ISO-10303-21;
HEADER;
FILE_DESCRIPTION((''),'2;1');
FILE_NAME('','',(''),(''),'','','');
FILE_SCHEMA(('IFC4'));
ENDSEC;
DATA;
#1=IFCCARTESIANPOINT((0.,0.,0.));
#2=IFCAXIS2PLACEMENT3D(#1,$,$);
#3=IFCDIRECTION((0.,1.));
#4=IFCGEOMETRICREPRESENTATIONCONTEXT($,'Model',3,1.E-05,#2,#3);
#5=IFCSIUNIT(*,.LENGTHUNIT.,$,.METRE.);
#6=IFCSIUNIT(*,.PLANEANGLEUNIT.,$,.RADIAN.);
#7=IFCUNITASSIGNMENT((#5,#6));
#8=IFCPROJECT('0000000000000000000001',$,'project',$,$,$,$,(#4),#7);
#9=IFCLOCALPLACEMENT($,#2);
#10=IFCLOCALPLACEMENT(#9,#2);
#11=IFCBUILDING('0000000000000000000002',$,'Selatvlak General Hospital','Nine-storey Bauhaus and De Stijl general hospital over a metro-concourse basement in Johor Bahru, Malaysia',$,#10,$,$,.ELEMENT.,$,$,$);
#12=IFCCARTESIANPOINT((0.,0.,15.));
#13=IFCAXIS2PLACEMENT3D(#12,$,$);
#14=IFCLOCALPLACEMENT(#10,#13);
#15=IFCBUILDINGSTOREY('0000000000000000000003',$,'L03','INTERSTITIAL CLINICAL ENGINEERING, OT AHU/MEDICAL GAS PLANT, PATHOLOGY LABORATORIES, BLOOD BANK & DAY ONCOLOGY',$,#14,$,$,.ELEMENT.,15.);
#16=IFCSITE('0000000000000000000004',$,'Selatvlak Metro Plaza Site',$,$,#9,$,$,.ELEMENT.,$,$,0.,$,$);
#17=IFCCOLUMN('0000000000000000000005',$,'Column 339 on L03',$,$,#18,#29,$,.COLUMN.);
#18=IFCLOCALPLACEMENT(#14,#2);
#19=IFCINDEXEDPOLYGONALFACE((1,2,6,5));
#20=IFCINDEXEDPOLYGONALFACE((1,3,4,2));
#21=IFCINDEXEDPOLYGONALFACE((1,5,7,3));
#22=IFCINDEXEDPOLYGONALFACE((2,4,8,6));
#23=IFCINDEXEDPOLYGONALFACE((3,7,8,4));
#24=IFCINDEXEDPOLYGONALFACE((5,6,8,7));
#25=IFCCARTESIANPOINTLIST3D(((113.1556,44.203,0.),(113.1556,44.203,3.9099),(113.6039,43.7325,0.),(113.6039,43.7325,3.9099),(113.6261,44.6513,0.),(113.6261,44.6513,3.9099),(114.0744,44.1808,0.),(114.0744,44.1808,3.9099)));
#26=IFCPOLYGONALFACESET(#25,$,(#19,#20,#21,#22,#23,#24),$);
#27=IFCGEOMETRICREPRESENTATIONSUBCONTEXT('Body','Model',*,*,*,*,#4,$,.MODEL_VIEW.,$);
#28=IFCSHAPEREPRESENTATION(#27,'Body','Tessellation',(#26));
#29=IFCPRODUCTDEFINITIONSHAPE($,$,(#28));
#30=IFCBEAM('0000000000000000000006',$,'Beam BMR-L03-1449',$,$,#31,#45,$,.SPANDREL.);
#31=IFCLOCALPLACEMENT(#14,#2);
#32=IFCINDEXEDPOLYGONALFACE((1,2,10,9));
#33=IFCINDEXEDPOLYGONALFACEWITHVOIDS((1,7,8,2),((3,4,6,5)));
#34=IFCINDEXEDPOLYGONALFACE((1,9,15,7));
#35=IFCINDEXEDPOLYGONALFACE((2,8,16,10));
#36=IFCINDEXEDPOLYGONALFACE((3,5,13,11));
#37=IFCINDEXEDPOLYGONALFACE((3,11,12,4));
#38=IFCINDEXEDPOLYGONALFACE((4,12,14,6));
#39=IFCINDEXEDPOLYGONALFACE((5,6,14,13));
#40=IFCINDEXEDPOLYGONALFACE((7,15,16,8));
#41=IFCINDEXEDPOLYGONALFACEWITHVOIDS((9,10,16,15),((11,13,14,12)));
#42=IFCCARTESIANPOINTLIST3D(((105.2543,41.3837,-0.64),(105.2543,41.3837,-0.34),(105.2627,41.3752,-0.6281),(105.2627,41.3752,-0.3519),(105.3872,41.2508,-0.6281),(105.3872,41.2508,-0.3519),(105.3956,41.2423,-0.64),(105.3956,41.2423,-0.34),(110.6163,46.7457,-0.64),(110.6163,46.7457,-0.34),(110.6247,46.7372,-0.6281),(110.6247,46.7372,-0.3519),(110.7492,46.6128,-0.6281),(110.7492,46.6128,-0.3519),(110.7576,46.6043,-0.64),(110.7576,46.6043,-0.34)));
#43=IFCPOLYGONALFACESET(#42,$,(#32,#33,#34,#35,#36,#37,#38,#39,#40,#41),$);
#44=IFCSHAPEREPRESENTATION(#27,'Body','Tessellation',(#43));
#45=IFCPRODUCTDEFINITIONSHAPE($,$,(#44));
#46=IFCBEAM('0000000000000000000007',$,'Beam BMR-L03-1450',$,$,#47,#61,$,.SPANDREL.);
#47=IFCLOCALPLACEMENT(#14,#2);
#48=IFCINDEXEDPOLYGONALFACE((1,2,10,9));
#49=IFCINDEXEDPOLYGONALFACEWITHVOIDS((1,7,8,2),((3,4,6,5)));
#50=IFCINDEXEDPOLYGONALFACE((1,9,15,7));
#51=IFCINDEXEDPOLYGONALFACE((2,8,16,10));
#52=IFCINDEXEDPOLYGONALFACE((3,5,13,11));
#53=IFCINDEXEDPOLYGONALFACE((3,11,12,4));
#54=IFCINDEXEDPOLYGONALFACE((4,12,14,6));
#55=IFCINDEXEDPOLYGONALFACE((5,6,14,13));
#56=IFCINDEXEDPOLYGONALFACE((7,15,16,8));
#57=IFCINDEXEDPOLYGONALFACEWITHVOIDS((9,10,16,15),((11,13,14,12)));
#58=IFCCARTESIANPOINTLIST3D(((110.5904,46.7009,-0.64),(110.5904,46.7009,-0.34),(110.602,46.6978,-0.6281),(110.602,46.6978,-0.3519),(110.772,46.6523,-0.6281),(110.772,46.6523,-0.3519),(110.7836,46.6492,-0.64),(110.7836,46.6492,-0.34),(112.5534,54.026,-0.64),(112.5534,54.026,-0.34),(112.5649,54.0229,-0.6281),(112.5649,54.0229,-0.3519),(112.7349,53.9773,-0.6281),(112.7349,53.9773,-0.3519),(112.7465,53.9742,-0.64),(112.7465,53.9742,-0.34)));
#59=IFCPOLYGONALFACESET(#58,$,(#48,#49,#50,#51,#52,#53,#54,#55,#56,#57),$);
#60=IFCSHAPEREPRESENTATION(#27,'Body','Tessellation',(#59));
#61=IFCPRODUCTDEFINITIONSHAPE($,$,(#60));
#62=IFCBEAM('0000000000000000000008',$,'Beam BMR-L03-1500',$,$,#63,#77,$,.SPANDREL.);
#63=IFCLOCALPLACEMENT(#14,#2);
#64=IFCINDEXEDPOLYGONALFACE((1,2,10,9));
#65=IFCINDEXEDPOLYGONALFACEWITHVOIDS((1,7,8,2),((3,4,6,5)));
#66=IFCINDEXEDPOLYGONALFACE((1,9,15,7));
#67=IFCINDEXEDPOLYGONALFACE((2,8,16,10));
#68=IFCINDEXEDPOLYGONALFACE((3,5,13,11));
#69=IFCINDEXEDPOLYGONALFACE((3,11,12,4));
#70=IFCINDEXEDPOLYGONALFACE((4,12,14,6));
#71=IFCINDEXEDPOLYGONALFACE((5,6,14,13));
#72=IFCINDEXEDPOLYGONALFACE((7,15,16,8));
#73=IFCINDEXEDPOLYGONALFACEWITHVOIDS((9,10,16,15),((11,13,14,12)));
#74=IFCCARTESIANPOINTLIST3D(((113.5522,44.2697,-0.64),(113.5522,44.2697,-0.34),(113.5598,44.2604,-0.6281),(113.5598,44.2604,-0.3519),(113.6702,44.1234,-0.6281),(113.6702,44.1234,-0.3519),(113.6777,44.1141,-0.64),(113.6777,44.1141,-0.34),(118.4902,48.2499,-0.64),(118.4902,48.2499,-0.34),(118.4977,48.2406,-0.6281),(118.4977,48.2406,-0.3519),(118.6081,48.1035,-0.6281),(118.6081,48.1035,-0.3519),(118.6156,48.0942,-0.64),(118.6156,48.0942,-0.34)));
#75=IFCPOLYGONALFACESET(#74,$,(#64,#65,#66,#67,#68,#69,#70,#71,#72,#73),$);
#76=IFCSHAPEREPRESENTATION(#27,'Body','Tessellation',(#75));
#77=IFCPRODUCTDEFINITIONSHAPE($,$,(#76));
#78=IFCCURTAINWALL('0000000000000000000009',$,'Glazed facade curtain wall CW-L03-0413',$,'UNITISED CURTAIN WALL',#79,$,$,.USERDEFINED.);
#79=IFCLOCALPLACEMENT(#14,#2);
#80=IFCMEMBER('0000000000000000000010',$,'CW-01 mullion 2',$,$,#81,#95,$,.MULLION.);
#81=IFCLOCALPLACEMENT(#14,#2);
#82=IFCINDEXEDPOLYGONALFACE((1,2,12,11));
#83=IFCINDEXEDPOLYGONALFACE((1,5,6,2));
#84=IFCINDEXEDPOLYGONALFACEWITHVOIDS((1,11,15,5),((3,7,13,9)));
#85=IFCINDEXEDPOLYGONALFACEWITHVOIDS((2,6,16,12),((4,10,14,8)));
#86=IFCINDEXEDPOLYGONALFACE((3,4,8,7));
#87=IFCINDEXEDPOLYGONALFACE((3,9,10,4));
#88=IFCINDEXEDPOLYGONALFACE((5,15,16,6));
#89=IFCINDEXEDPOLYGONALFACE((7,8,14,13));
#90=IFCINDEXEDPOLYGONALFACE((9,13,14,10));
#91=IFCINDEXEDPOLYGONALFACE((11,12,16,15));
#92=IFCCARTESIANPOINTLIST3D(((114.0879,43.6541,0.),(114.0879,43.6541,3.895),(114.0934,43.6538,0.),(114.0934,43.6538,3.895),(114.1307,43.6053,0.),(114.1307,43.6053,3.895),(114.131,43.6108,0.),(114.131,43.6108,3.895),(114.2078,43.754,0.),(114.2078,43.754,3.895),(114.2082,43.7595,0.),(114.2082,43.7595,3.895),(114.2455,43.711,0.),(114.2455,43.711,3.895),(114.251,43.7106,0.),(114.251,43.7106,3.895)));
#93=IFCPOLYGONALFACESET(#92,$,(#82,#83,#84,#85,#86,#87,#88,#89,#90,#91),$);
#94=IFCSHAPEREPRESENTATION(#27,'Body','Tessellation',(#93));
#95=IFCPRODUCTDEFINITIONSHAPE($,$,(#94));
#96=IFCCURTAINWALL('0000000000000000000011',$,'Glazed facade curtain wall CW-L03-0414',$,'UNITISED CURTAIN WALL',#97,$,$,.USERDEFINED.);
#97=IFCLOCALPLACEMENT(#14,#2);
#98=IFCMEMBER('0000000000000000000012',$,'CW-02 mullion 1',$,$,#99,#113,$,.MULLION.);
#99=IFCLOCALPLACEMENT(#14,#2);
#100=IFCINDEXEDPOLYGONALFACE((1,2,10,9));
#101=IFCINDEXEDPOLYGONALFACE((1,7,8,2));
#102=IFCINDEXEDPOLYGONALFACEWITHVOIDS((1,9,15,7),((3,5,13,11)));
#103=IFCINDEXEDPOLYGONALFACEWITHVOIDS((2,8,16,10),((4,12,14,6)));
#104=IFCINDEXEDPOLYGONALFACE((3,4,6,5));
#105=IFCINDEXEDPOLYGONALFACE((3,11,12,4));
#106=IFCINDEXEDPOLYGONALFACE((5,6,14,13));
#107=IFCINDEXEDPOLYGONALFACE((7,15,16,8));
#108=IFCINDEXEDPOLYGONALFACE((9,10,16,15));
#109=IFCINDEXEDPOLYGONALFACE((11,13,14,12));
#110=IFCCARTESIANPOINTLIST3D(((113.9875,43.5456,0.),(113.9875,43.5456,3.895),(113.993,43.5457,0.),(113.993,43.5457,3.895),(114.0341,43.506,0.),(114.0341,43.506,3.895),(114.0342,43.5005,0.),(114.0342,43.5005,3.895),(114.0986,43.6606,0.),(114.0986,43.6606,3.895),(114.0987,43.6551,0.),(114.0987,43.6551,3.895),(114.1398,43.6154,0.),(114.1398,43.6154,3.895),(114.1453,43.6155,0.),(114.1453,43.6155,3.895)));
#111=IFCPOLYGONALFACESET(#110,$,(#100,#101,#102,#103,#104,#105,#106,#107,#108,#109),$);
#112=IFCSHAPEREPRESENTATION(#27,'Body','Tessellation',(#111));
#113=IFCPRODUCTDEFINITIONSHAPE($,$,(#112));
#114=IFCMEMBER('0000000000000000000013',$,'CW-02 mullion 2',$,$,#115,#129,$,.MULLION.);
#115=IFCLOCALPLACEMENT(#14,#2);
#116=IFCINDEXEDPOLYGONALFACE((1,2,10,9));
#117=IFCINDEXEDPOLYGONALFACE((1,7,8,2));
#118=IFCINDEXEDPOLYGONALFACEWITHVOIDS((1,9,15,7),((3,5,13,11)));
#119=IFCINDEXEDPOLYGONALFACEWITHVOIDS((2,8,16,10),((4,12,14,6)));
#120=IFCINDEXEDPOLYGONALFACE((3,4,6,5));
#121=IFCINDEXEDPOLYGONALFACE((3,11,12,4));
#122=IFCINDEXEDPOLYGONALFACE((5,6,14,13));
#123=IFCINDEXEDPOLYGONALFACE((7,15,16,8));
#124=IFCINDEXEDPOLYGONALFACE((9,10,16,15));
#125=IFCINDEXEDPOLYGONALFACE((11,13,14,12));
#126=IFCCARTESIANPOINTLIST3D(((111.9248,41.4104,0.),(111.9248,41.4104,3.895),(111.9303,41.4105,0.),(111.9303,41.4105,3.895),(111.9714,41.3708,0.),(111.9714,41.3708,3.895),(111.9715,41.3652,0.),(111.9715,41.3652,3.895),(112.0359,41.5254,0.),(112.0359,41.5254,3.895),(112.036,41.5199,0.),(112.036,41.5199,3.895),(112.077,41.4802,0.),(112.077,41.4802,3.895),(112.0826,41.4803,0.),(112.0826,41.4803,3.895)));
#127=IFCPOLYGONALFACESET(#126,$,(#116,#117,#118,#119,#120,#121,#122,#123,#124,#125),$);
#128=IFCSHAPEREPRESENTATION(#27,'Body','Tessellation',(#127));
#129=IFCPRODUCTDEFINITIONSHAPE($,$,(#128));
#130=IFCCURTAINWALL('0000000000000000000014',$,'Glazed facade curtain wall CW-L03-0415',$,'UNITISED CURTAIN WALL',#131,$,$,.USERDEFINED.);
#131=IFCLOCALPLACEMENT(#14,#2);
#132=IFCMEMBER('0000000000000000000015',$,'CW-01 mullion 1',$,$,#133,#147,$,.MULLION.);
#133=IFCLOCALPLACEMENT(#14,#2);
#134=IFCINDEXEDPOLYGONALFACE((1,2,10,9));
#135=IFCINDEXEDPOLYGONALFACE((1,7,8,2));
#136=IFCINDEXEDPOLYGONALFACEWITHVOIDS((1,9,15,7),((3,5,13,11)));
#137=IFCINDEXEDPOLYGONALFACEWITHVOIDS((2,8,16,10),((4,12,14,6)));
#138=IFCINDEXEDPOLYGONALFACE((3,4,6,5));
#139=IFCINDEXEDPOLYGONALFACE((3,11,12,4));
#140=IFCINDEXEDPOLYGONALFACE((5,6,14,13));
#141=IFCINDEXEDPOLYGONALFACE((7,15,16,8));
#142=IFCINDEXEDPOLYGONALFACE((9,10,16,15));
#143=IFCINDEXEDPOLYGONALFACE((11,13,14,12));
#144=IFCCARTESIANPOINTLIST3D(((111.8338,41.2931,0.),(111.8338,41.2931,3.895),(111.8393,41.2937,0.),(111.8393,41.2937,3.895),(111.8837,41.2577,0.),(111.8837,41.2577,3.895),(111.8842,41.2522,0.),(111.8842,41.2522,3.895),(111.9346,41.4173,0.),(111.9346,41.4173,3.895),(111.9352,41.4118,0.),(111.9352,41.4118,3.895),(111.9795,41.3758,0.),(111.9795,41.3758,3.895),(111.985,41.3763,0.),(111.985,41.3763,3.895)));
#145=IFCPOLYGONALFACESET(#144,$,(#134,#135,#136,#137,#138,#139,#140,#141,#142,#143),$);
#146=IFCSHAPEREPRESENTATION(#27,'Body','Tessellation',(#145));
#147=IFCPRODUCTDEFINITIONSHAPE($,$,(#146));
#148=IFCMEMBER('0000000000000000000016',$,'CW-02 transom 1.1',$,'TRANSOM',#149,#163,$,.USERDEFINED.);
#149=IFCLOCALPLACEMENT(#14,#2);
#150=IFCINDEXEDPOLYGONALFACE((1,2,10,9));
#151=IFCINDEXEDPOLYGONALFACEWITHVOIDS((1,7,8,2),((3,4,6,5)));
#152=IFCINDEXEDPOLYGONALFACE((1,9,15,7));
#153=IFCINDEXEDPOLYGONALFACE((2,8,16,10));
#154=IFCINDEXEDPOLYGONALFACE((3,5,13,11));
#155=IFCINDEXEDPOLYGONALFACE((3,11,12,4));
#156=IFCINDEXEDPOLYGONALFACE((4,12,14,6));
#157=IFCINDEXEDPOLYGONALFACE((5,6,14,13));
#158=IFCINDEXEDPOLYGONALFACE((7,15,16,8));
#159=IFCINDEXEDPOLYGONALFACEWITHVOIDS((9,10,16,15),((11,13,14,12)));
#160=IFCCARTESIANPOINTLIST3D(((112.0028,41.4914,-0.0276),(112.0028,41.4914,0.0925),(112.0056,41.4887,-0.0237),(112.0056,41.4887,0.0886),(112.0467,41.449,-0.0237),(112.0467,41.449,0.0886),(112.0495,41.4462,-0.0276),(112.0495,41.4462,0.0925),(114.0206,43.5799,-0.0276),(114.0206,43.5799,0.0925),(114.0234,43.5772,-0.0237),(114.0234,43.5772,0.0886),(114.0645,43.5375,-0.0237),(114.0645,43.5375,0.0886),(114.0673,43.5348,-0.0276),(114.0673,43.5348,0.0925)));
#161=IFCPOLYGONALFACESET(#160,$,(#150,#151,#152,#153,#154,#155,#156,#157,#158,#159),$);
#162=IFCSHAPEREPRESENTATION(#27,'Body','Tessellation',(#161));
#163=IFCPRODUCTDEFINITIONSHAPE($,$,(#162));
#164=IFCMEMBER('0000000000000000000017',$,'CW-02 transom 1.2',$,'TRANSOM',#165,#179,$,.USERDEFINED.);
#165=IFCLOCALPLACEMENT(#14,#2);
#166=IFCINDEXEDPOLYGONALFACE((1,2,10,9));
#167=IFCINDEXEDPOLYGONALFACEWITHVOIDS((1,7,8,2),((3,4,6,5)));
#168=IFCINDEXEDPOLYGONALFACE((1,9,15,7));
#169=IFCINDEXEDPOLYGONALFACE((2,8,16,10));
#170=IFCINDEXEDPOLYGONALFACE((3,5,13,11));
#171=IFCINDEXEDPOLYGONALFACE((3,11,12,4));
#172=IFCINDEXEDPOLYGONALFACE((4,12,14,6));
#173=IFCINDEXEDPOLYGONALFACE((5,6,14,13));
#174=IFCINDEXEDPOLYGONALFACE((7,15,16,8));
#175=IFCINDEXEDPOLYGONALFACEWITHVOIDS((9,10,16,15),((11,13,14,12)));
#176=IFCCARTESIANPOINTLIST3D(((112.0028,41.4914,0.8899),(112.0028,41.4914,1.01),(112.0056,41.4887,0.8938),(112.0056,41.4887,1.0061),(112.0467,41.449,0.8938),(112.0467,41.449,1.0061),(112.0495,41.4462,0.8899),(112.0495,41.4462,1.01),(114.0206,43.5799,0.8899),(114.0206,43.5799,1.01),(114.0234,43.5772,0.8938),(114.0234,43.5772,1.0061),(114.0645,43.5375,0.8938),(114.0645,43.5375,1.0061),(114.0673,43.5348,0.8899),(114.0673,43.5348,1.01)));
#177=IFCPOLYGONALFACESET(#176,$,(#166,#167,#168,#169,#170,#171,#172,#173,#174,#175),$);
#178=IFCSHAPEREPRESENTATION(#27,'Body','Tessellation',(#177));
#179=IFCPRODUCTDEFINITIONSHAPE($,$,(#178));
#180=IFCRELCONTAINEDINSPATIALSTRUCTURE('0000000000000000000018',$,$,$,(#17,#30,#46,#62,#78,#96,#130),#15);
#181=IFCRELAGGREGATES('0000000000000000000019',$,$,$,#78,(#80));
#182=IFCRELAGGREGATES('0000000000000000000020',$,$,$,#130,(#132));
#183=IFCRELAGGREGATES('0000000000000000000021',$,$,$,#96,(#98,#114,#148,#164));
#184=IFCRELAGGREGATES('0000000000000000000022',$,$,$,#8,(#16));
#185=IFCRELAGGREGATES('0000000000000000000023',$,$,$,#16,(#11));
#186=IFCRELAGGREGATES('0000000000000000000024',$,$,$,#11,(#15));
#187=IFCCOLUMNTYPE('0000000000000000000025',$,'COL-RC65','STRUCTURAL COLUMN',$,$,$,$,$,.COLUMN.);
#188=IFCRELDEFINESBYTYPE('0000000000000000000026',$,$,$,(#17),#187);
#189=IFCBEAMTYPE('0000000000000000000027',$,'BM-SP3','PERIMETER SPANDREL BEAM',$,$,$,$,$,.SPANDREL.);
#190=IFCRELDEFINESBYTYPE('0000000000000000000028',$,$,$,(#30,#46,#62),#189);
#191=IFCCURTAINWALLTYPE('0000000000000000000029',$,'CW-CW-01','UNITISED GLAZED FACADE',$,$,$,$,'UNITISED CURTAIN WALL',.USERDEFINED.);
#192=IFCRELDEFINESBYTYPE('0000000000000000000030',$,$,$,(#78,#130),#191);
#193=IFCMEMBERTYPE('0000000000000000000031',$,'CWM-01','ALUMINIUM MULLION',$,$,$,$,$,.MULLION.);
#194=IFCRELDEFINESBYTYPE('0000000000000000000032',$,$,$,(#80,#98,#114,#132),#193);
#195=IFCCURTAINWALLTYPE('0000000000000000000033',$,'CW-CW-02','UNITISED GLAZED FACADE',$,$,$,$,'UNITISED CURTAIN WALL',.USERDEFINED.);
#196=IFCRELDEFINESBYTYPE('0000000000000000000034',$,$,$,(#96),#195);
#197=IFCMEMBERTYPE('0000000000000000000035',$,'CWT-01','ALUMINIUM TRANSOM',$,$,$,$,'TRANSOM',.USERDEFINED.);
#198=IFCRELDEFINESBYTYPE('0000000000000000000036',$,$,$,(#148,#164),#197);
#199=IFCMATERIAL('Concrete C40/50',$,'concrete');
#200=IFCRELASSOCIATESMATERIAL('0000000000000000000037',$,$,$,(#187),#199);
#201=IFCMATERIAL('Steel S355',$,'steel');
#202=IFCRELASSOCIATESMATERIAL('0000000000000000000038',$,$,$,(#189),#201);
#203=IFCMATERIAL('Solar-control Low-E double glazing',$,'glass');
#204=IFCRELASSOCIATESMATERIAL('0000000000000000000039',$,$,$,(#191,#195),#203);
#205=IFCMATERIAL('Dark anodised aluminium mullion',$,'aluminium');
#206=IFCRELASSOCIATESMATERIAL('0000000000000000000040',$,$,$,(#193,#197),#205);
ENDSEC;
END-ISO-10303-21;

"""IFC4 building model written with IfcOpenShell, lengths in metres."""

from ifc_helpers import new_model, si_unit, direction, frame, origin, origin_2d, place, context, subcontext, project, spatial, rectangle, hollow_rectangle, extrude, material, material_profile, profile_set, type_object, element, aggregate, save


model = new_model("IFC4")

# Units and contexts
model_context = context("Model", 3, precision=1e-05, world=origin(), true_north=direction((0.0, 1.0)))
body_context = subcontext(model_context, "Body", "Model", "MODEL_VIEW")
ifc_project = project(units=[si_unit("LENGTHUNIT", "METRE"), si_unit("PLANEANGLEUNIT", "RADIAN")], contexts=[model_context])

# Site, building, storey
site_placement = place(None, origin())
site = spatial("IfcSite", under=ifc_project, at=site_placement, Name="Selatvlak Metro Plaza Site", CompositionType="ELEMENT", RefElevation=0.0)
building_placement = place(site_placement, origin())
building = spatial("IfcBuilding", under=site, at=building_placement, Name="Selatvlak General Hospital", Description="Nine-storey Bauhaus and De Stijl general hospital over a metro-concourse basement in Johor Bahru, Malaysia", CompositionType="ELEMENT")
storey_placement = place(building_placement, frame((0.0, 0.0, 15.0)))
storey = spatial("IfcBuildingStorey", under=building, at=storey_placement, Name="L03", Description="INTERSTITIAL CLINICAL ENGINEERING, OT AHU/MEDICAL GAS PLANT, PATHOLOGY LABORATORIES, BLOOD BANK & DAY ONCOLOGY", CompositionType="ELEMENT", Elevation=15.0)

# Column
ifc_material_1 = material(Name="Concrete C40/50", Category="concrete")
ifc_material_profile_1 = material_profile(ifc_material_1, rectangle(XDim=0.6499, YDim=0.6499, at=origin_2d()), Name="RC-COL 650x650")
ifc_profile_set_1 = profile_set([ifc_material_profile_1], Name="Concrete C40/50")
column_type_1 = type_object("IfcColumnType", Name="COL-RC65", Description="STRUCTURAL COLUMN", PredefinedType="COLUMN", material=ifc_profile_set_1)
column_placement = place(storey_placement, frame((113.615, 44.1919, 0.0), z_axis=(0.0, 0.0, 1.0), x_axis=(-0.689872, 0.723931, 0.0)))
element("IfcColumn", 1, at=column_placement, inside=storey, type_object=column_type_1, Name="Column 339 on L03", PredefinedType="COLUMN", context=body_context, shape_type="SweptSolid", body=[
    extrude(rectangle(XDim=0.6499, YDim=0.6499, at=origin_2d()), origin(), (0.0, 0.0, 1.0), 3.9099),
])

# Beams
ifc_material_2 = material(Name="Steel S355", Category="steel")
ifc_material_profile_2 = material_profile(ifc_material_2, hollow_rectangle(XDim=0.2, YDim=0.3, WallThickness=0.012, at=origin_2d()), Name="RHS 300x200x12")
ifc_profile_set_2 = profile_set([ifc_material_profile_2], Name="Steel S355")
beam_type = type_object("IfcBeamType", Name="BM-SP3", Description="PERIMETER SPANDREL BEAM", PredefinedType="SPANDREL", material=ifc_profile_set_2)
beam_1_placement = place(storey_placement, frame((105.325, 41.313, -0.49), z_axis=(0.707107, 0.707107, 0.0), x_axis=(-0.707107, 0.707107, 0.0)))
element("IfcBeam", 2, at=beam_1_placement, inside=storey, type_object=beam_type, Name="Beam BMR-L03-1449", PredefinedType="SPANDREL", context=body_context, shape_type="SweptSolid", body=[
    extrude(hollow_rectangle(XDim=0.2, YDim=0.3, WallThickness=0.012, at=origin_2d()), origin(), (0.0, 0.0, 1.0), 7.583),
])
beam_2_placement = place(storey_placement, frame((110.687, 46.675, -0.49), z_axis=(0.258841, 0.96592, 0.0), x_axis=(-0.96592, 0.258841, 0.0)))
element("IfcBeam", 3, at=beam_2_placement, inside=storey, type_object=beam_type, Name="Beam BMR-L03-1450", PredefinedType="SPANDREL", context=body_context, shape_type="SweptSolid", body=[
    extrude(hollow_rectangle(XDim=0.2, YDim=0.3, WallThickness=0.012, at=origin_2d()), origin(), (0.0, 0.0, 1.0), 7.5835),
])
beam_3_placement = place(storey_placement, frame((113.615, 44.1919, -0.49), z_axis=(0.778569, 0.627559, 0.0), x_axis=(-0.627559, 0.778569, 0.0)))
element("IfcBeam", 4, at=beam_3_placement, inside=storey, type_object=beam_type, Name="Beam BMR-L03-1500", PredefinedType="SPANDREL", context=body_context, shape_type="SweptSolid", body=[
    extrude(hollow_rectangle(XDim=0.2, YDim=0.3, WallThickness=0.012, at=origin_2d()), origin(), (0.0, 0.0, 1.0), 6.3423),
])

# Curtain wall, member
ifc_material_3 = material(Name="Solar-control Low-E double glazing", Category="glass")
curtain_wall_type_1 = type_object("IfcCurtainWallType", Name="CW-CW-01", Description="UNITISED GLAZED FACADE", ElementType="UNITISED CURTAIN WALL", PredefinedType="USERDEFINED", material=ifc_material_3)
curtain_wall_1_placement = place(storey_placement, origin())
curtain_wall_1 = element("IfcCurtainWall", 5, at=curtain_wall_1_placement, inside=storey, type_object=curtain_wall_type_1, Name="Glazed facade curtain wall CW-L03-0413", ObjectType="UNITISED CURTAIN WALL", PredefinedType="USERDEFINED")
ifc_material_4 = material(Name="Dark anodised aluminium mullion", Category="aluminium")
ifc_material_profile_3 = material_profile(ifc_material_4, hollow_rectangle(XDim=0.0649, YDim=0.1599, WallThickness=0.0039, at=origin_2d()), Name="AL-MUL 65x160x4")
ifc_profile_set_3 = profile_set([ifc_material_profile_3], Name="Dark anodised aluminium mullion")
member_type_1 = type_object("IfcMemberType", Name="CWM-01", Description="ALUMINIUM MULLION", PredefinedType="MULLION", material=ifc_profile_set_3)
member_1_placement = place(storey_placement, frame((114.1694, 43.6824, 0.0), z_axis=(0.0, 0.0, 1.0), x_axis=(0.658878, -0.75225, 0.0)))
member_1 = element("IfcMember", 6, at=member_1_placement, type_object=member_type_1, Name="CW-01 mullion 2", PredefinedType="MULLION", context=body_context, shape_type="SweptSolid", body=[
    extrude(hollow_rectangle(XDim=0.0649, YDim=0.1599, WallThickness=0.0039, at=origin_2d()), origin(), (0.0, 0.0, 1.0), 3.895),
])
aggregate(curtain_wall_1, [member_1])

# Curtain wall, members
curtain_wall_type_2 = type_object("IfcCurtainWallType", Name="CW-CW-02", Description="UNITISED GLAZED FACADE", ElementType="UNITISED CURTAIN WALL", PredefinedType="USERDEFINED", material=ifc_material_3)
curtain_wall_2_placement = place(storey_placement, origin())
curtain_wall_2 = element("IfcCurtainWall", 7, at=curtain_wall_2_placement, inside=storey, type_object=curtain_wall_type_2, Name="Glazed facade curtain wall CW-L03-0414", ObjectType="UNITISED CURTAIN WALL", PredefinedType="USERDEFINED")
member_2_placement = place(storey_placement, frame((114.0664, 43.5806, 0.0), z_axis=(0.0, 0.0, 1.0), x_axis=(0.719197, -0.694806, 0.0)))
member_2 = element("IfcMember", 8, at=member_2_placement, type_object=member_type_1, Name="CW-02 mullion 1", PredefinedType="MULLION", context=body_context, shape_type="SweptSolid", body=[
    extrude(hollow_rectangle(XDim=0.0649, YDim=0.1599, WallThickness=0.0039, at=origin_2d()), origin(), (0.0, 0.0, 1.0), 3.895),
])
member_3_placement = place(storey_placement, frame((112.0037, 41.4453, 0.0), z_axis=(0.0, 0.0, 1.0), x_axis=(0.719197, -0.694806, 0.0)))
member_3 = element("IfcMember", 9, at=member_3_placement, type_object=member_type_1, Name="CW-02 mullion 2", PredefinedType="MULLION", context=body_context, shape_type="SweptSolid", body=[
    extrude(hollow_rectangle(XDim=0.0649, YDim=0.1599, WallThickness=0.0039, at=origin_2d()), origin(), (0.0, 0.0, 1.0), 3.895),
])

# Curtain wall, member
curtain_wall_3_placement = place(storey_placement, origin())
curtain_wall_3 = element("IfcCurtainWall", 10, at=curtain_wall_3_placement, inside=storey, type_object=curtain_wall_type_1, Name="Glazed facade curtain wall CW-L03-0415", ObjectType="UNITISED CURTAIN WALL", PredefinedType="USERDEFINED")
member_4_placement = place(storey_placement, frame((111.9094, 41.3347, 0.0), z_axis=(0.0, 0.0, 1.0), x_axis=(0.776324, -0.630334, 0.0)))
member_4 = element("IfcMember", 11, at=member_4_placement, type_object=member_type_1, Name="CW-01 mullion 1", PredefinedType="MULLION", context=body_context, shape_type="SweptSolid", body=[
    extrude(hollow_rectangle(XDim=0.0649, YDim=0.1599, WallThickness=0.0039, at=origin_2d()), origin(), (0.0, 0.0, 1.0), 3.895),
])

# Members
ifc_material_profile_4 = material_profile(ifc_material_4, hollow_rectangle(XDim=0.0649, YDim=0.1201, WallThickness=0.0039, at=origin_2d()), Name="AL-TRN 65x120x4")
ifc_profile_set_4 = profile_set([ifc_material_profile_4], Name="Dark anodised aluminium mullion")
member_type_2 = type_object("IfcMemberType", Name="CWT-01", Description="ALUMINIUM TRANSOM", ElementType="TRANSOM", PredefinedType="USERDEFINED", material=ifc_profile_set_4)
member_5_placement = place(storey_placement, frame((114.0439, 43.5574, 0.0325), z_axis=(-0.694812, -0.719191, 0.0), x_axis=(0.719191, -0.694812, 0.0)))
member_5 = element("IfcMember", 12, at=member_5_placement, type_object=member_type_2, Name="CW-02 transom 1.1", ObjectType="TRANSOM", PredefinedType="USERDEFINED", context=body_context, shape_type="SweptSolid", body=[
    extrude(hollow_rectangle(XDim=0.0649, YDim=0.1201, WallThickness=0.0039, at=origin_2d()), origin(), (0.0, 0.0, 1.0), 2.9041),
])
member_6_placement = place(storey_placement, frame((114.0439, 43.5574, 0.95), z_axis=(-0.694812, -0.719191, 0.0), x_axis=(0.719191, -0.694812, 0.0)))
member_6 = element("IfcMember", 13, at=member_6_placement, type_object=member_type_2, Name="CW-02 transom 1.2", ObjectType="TRANSOM", PredefinedType="USERDEFINED", context=body_context, shape_type="SweptSolid", body=[
    extrude(hollow_rectangle(XDim=0.0649, YDim=0.1201, WallThickness=0.0039, at=origin_2d()), origin(), (0.0, 0.0, 1.0), 2.9041),
])
aggregate(curtain_wall_3, [member_4])

aggregate(curtain_wall_2, [member_2, member_3, member_5, member_6])

save(model, "model.ifc")
